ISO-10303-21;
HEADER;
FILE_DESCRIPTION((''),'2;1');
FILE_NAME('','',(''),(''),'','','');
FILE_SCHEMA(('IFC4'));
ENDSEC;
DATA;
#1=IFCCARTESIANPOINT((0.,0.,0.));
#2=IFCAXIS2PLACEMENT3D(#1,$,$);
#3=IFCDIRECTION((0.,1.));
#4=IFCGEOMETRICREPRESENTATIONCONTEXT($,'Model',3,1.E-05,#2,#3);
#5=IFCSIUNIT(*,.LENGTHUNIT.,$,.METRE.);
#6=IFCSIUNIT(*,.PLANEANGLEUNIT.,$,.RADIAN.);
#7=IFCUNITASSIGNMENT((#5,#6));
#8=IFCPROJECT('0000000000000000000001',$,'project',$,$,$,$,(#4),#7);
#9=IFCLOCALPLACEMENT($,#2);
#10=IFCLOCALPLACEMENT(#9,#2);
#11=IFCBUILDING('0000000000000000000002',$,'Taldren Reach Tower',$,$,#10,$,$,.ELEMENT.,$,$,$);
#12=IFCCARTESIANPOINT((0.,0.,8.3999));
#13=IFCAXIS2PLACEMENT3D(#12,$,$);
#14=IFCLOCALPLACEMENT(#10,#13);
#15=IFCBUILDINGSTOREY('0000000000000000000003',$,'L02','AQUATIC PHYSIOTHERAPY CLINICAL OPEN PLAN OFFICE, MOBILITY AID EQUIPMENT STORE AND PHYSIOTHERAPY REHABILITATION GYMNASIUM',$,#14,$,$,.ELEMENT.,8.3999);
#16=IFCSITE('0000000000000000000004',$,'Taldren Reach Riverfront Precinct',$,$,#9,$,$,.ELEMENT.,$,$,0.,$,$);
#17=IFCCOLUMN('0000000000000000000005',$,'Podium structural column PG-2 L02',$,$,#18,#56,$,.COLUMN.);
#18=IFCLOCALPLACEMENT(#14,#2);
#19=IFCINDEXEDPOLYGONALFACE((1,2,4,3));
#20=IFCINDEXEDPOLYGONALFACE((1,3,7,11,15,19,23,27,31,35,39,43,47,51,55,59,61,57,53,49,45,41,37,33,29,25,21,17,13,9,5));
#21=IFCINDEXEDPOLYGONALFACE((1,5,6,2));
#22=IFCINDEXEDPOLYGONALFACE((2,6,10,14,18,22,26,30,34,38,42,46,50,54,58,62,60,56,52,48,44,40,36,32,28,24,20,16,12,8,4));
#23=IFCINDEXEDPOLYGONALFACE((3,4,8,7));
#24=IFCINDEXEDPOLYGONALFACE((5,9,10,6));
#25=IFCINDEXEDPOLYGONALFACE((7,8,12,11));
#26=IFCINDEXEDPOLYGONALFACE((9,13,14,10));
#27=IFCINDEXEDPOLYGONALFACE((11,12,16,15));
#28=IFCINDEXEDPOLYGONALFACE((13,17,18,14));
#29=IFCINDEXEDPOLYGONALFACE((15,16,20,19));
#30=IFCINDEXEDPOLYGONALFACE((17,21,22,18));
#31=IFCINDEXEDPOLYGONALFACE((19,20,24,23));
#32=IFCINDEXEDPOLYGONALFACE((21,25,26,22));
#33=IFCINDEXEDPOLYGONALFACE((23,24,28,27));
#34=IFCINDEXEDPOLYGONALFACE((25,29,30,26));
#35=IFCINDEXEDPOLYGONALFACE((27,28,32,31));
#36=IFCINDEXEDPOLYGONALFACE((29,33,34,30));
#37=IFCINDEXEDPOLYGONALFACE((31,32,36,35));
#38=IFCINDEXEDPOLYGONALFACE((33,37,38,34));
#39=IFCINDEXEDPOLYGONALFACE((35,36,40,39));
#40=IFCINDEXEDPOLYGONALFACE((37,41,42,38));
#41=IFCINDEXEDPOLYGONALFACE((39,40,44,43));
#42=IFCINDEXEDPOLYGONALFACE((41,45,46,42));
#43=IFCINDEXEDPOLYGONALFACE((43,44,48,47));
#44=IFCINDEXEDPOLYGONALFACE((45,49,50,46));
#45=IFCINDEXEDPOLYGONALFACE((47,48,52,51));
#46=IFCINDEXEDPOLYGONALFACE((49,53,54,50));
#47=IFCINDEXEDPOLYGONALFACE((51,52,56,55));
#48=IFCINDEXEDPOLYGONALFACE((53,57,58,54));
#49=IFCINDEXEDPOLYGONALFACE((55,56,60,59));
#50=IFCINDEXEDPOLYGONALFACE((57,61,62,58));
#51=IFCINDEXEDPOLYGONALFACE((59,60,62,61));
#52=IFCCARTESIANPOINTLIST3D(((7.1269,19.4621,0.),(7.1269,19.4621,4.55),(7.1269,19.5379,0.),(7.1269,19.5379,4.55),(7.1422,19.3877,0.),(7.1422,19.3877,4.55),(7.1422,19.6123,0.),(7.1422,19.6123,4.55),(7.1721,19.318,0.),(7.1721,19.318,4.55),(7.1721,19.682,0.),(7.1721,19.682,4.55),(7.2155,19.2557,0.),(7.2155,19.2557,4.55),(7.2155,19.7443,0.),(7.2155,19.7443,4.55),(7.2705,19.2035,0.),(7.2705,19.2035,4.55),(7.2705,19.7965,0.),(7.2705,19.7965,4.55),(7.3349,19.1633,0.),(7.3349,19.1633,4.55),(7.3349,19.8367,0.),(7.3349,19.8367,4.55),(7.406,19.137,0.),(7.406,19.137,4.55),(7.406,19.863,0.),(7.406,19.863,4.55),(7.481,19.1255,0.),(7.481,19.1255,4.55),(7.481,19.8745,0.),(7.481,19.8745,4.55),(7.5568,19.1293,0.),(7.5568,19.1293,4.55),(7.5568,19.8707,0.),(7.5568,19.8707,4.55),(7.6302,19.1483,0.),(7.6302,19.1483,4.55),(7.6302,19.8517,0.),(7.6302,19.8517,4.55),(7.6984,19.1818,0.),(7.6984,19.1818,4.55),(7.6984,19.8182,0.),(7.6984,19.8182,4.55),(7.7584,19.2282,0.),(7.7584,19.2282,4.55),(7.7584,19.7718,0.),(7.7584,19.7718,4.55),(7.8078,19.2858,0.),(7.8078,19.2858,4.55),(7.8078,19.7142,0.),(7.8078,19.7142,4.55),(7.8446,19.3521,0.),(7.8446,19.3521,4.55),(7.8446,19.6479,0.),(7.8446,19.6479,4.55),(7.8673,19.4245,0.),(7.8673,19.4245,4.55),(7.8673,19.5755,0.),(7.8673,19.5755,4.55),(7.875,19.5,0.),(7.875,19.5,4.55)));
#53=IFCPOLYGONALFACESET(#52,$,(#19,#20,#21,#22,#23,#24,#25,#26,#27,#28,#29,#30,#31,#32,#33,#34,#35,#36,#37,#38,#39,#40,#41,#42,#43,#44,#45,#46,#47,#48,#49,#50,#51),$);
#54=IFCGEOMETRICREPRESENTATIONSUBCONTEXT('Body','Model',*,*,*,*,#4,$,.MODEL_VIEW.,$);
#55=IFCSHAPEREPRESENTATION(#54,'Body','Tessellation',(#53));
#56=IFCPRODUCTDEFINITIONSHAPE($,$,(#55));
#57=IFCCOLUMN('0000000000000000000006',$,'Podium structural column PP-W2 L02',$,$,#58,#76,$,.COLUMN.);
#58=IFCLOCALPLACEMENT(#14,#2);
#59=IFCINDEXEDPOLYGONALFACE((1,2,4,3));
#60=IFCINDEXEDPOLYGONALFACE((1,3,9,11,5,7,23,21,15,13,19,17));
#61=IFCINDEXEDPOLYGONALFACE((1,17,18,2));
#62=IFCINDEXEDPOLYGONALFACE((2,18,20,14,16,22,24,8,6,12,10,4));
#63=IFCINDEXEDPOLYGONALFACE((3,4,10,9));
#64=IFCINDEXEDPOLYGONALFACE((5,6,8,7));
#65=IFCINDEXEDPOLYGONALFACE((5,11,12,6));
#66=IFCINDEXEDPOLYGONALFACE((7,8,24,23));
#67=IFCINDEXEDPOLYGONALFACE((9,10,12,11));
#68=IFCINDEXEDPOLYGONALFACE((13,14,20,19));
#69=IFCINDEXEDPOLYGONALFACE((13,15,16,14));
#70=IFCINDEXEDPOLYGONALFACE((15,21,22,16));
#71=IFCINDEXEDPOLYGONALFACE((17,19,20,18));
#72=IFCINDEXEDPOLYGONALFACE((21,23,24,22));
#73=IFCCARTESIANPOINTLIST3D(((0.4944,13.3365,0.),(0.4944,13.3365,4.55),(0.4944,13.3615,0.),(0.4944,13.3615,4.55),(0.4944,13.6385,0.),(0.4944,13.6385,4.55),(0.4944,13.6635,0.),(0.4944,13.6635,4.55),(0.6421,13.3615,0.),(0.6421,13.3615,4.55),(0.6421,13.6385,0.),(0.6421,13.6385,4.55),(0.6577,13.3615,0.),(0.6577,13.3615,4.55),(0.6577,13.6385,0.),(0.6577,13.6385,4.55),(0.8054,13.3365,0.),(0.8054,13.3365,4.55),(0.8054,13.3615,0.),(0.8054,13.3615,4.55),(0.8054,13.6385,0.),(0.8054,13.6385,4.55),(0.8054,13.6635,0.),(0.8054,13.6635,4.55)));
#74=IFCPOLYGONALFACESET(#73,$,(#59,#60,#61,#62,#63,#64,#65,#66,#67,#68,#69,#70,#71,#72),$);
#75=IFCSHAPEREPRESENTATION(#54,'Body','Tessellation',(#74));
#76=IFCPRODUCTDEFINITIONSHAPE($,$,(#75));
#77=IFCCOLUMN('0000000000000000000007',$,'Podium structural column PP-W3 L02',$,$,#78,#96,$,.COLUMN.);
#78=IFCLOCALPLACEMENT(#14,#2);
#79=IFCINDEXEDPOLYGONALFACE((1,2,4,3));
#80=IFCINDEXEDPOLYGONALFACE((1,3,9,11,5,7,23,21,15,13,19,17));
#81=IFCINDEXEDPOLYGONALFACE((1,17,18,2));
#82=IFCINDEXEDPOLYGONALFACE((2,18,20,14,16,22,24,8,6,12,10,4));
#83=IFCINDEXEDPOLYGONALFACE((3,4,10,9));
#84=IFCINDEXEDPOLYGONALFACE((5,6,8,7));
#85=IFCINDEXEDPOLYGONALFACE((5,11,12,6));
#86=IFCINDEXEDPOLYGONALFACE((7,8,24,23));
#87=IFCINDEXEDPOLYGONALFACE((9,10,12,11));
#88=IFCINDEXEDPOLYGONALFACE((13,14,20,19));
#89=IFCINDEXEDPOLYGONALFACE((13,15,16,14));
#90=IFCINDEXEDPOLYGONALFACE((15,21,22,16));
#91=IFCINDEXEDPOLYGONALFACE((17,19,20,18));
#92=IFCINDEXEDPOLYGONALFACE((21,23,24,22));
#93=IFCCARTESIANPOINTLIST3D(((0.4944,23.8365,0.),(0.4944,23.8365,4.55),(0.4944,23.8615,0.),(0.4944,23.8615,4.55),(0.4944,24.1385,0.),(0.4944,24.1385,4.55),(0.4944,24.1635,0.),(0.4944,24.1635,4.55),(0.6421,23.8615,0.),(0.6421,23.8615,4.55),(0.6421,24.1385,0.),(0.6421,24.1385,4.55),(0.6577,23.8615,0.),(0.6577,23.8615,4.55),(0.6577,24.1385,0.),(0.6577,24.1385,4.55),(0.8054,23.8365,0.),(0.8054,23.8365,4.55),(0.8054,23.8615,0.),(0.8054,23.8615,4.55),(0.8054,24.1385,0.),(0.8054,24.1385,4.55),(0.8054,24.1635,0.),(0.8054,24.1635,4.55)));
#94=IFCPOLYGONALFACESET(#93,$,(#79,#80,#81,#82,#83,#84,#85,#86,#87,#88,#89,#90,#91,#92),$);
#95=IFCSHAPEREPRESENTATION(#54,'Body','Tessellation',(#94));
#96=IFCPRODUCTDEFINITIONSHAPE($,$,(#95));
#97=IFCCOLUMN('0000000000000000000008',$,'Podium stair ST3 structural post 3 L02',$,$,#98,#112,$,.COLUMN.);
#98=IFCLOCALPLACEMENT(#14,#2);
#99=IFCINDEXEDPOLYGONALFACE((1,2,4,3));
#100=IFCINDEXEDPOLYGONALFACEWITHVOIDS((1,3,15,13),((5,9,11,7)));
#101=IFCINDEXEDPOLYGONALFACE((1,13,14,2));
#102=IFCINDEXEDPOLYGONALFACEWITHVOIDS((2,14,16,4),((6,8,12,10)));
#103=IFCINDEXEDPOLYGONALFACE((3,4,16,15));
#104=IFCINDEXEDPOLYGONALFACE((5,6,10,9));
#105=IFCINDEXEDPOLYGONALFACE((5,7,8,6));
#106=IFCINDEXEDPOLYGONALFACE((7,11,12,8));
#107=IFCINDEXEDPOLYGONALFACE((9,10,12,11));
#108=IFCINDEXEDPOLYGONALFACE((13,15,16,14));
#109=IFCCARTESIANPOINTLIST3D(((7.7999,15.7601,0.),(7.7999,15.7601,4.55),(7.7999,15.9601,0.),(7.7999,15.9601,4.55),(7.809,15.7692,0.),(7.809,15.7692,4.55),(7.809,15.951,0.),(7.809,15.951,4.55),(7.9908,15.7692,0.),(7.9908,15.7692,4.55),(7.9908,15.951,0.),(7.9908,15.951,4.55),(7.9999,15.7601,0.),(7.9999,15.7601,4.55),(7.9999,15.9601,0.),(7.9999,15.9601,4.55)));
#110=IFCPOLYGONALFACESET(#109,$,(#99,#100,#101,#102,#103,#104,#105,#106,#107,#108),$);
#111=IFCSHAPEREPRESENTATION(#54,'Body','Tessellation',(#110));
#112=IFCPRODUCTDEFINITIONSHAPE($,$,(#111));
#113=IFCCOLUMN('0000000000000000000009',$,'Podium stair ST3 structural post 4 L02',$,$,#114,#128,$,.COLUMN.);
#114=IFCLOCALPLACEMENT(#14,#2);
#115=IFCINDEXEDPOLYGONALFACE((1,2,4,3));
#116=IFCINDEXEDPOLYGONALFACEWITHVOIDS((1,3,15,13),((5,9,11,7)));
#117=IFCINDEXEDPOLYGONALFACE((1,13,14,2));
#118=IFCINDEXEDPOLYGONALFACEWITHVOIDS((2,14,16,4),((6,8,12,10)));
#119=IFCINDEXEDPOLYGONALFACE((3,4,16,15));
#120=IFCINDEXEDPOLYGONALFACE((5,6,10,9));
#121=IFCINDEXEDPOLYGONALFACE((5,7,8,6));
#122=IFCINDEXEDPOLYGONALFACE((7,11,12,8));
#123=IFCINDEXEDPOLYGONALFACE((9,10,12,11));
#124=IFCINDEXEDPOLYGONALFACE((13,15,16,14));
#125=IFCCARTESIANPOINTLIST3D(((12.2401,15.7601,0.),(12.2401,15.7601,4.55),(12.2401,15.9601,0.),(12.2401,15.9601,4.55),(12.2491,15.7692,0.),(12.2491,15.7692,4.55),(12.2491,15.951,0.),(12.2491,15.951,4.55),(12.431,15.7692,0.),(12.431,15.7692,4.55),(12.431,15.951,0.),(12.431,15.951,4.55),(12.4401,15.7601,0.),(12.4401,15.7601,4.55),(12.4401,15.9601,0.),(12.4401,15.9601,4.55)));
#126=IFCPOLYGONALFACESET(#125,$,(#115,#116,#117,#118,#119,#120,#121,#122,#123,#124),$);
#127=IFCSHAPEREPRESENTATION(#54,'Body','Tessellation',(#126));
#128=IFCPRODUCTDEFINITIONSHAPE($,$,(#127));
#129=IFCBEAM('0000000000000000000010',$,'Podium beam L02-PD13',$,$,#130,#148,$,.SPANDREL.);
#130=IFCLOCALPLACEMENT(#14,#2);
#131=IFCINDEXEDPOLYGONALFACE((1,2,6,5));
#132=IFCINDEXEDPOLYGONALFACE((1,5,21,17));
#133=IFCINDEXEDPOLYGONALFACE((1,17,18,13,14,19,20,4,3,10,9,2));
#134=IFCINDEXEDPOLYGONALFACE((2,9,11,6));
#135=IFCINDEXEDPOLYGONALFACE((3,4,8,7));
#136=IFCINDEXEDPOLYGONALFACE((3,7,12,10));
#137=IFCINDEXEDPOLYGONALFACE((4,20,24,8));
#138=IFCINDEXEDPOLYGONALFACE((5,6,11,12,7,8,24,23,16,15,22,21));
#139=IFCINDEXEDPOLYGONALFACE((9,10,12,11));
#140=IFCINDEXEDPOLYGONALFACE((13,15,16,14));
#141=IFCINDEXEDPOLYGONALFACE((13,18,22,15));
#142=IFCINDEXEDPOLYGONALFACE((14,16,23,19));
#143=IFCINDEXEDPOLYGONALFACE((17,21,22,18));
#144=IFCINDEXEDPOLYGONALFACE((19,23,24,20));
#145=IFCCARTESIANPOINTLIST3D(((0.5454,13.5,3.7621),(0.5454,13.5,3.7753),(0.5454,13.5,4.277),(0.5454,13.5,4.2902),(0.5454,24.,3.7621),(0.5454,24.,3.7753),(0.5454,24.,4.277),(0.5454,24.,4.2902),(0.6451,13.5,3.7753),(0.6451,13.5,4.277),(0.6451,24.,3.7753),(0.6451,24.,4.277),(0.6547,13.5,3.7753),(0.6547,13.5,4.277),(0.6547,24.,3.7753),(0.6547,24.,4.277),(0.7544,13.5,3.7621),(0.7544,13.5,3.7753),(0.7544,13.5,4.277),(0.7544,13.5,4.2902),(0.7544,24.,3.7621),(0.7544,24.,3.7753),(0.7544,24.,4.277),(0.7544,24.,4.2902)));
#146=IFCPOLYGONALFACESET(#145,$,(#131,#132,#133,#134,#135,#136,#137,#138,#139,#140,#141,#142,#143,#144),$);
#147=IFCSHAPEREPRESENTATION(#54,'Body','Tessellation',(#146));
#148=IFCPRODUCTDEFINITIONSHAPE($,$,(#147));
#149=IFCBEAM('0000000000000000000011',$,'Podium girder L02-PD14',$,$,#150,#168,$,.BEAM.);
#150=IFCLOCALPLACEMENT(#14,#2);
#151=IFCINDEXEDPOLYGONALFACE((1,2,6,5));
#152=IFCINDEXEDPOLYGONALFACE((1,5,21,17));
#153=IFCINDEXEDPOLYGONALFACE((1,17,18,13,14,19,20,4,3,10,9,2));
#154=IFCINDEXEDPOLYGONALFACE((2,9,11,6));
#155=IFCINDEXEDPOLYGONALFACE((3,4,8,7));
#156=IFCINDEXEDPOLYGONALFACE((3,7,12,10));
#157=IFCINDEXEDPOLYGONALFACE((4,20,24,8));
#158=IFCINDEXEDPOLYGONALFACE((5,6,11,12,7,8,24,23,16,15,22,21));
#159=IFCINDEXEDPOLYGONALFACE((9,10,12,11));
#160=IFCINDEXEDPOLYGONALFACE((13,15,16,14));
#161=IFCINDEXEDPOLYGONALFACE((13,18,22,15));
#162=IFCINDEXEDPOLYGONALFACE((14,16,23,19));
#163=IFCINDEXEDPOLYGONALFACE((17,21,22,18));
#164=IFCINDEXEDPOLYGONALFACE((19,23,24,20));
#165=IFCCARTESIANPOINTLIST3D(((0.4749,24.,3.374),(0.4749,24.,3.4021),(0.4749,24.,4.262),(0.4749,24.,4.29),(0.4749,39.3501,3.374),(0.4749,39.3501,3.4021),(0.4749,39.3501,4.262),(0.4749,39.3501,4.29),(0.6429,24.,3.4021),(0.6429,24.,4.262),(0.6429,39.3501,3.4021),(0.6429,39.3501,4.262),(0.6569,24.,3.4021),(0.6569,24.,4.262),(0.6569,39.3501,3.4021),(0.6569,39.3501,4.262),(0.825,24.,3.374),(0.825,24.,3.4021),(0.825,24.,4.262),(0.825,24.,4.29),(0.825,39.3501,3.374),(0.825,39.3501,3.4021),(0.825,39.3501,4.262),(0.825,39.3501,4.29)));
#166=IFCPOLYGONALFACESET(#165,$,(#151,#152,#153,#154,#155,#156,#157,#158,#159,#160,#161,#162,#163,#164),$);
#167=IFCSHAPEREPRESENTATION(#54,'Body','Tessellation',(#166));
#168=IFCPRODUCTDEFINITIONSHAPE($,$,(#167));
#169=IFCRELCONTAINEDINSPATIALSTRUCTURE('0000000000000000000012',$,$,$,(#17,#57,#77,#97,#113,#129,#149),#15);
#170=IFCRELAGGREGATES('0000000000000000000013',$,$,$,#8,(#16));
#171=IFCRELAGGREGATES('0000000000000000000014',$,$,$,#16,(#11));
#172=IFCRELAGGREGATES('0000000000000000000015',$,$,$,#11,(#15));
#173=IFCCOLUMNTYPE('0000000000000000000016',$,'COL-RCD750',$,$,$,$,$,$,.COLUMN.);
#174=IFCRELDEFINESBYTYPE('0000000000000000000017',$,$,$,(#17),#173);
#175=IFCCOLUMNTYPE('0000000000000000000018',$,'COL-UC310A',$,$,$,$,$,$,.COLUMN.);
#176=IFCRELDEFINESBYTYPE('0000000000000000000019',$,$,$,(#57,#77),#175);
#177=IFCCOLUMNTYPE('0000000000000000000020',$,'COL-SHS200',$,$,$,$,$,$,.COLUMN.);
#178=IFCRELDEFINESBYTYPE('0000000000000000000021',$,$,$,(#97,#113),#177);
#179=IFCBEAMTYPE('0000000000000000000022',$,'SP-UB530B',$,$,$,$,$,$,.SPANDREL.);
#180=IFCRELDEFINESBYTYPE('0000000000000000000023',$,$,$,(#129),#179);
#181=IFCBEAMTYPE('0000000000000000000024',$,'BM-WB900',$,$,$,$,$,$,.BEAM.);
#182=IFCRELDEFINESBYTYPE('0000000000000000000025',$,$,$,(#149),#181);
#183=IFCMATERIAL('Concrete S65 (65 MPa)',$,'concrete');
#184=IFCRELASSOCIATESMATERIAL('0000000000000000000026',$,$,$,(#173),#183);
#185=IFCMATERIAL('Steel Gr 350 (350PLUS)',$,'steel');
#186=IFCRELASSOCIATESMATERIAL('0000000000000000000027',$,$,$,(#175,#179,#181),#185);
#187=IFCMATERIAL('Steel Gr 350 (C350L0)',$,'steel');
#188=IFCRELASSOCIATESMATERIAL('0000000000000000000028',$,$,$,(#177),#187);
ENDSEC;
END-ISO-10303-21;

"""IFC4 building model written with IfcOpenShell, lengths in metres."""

from ifc_helpers import new_model, si_unit, direction, frame, origin, origin_2d, place, context, subcontext, project, spatial, hollow_rectangle, circle, i_section, extrude, source, transform, mapped, material, material_profile, profile_set, type_object, element, save


model = new_model("IFC4")

# Units and contexts
model_context = context("Model", 3, precision=1e-05, world=origin(), true_north=direction((0.0, 1.0)))
body_context = subcontext(model_context, "Body", "Model", "MODEL_VIEW")
ifc_project = project(units=[si_unit("LENGTHUNIT", "METRE"), si_unit("PLANEANGLEUNIT", "RADIAN")], contexts=[model_context])

# Site, building, storey
site_placement = place(None, origin())
site = spatial("IfcSite", under=ifc_project, at=site_placement, Name="Taldren Reach Riverfront Precinct", CompositionType="ELEMENT", RefElevation=0.0)
building_placement = place(site_placement, origin())
building = spatial("IfcBuilding", under=site, at=building_placement, Name="Taldren Reach Tower", CompositionType="ELEMENT")
storey_placement = place(building_placement, frame((0.0, 0.0, 8.3999)))
storey = spatial("IfcBuildingStorey", under=building, at=storey_placement, Name="L02", Description="AQUATIC PHYSIOTHERAPY CLINICAL OPEN PLAN OFFICE, MOBILITY AID EQUIPMENT STORE AND PHYSIOTHERAPY REHABILITATION GYMNASIUM", CompositionType="ELEMENT", Elevation=8.3999)

# Columns
ifc_material_1 = material(Name="Concrete S65 (65 MPa)", Category="concrete")
ifc_material_profile_1 = material_profile(ifc_material_1, circle(Radius=0.375, at=origin_2d()), Name="RC-750D")
ifc_profile_set_1 = profile_set([ifc_material_profile_1], Name="Concrete S65 (65 MPa)")
column_type_1 = type_object("IfcColumnType", Name="COL-RCD750", PredefinedType="COLUMN", material=ifc_profile_set_1)
shared_shape_1 = source(origin(), body_context, "Body", "SweptSolid", [
    extrude(circle(Radius=0.375, at=origin_2d()), origin(), (0.0, 0.0, 1.0), 4.55),
])
column_placement = place(storey_placement, frame((7.5, 19.5, 0.0), z_axis=(0.0, 0.0, 1.0), x_axis=(1.0, 0.0, 0.0)))
element("IfcColumn", 1, at=column_placement, inside=storey, type_object=column_type_1, Name="Podium structural column PG-2 L02", PredefinedType="COLUMN", context=body_context, shape_type="MappedRepresentation", body=[
    mapped(shared_shape_1, transform((0.0, 0.0, 0.0), scale=1.0)),
])
ifc_material_2 = material(Name="Steel Gr 350 (350PLUS)", Category="steel")
ifc_material_profile_2 = material_profile(ifc_material_2, i_section(OverallWidth=0.311, OverallDepth=0.3269, WebThickness=0.0156, FlangeThickness=0.0249, at=origin_2d()), Name="310UC158")
ifc_profile_set_2 = profile_set([ifc_material_profile_2], Name="Steel Gr 350 (350PLUS)")
column_type_2 = type_object("IfcColumnType", Name="COL-UC310A", PredefinedType="COLUMN", material=ifc_profile_set_2)
shared_shape_2 = source(origin(), body_context, "Body", "SweptSolid", [
    extrude(i_section(OverallWidth=0.311, OverallDepth=0.3269, WebThickness=0.0156, FlangeThickness=0.0249, at=origin_2d()), origin(), (0.0, 0.0, 1.0), 4.55),
])
for number, where, z_axis, x_axis, name in (
    (2, (0.6499, 13.5, 0.0), (0.0, 0.0, 1.0), (1.0, 0.0, 0.0), "Podium structural column PP-W2 L02"),
    (3, (0.6499, 24.0, 0.0), (0.0, 0.0, 1.0), (1.0, 0.0, 0.0), "Podium structural column PP-W3 L02"),
):
    element("IfcColumn", number, at=place(storey_placement, frame(where, z_axis=z_axis, x_axis=x_axis)), inside=storey, type_object=column_type_2, Name=name, PredefinedType="COLUMN", context=body_context, shape_type="MappedRepresentation", body=[
        mapped(shared_shape_2, transform((0.0, 0.0, 0.0), scale=1.0)),
    ])
ifc_material_3 = material(Name="Steel Gr 350 (C350L0)", Category="steel")
ifc_material_profile_3 = material_profile(ifc_material_3, hollow_rectangle(XDim=0.2, YDim=0.2, WallThickness=0.009, at=origin_2d()), Name="200x200x9.0SHS")
ifc_profile_set_3 = profile_set([ifc_material_profile_3], Name="Steel Gr 350 (C350L0)")
column_type_3 = type_object("IfcColumnType", Name="COL-SHS200", PredefinedType="COLUMN", material=ifc_profile_set_3)
shared_shape_3 = source(origin(), body_context, "Body", "SweptSolid", [
    extrude(hollow_rectangle(XDim=0.2, YDim=0.2, WallThickness=0.009, at=origin_2d()), origin(), (0.0, 0.0, 1.0), 4.55),
])
for number, where, z_axis, x_axis, name in (
    (4, (7.8999, 15.8601, 0.0), (0.0, 0.0, 1.0), (1.0, 0.0, 0.0), "Podium stair ST3 structural post 3 L02"),
    (5, (12.3401, 15.8601, 0.0), (0.0, 0.0, 1.0), (1.0, 0.0, 0.0), "Podium stair ST3 structural post 4 L02"),
):
    element("IfcColumn", number, at=place(storey_placement, frame(where, z_axis=z_axis, x_axis=x_axis)), inside=storey, type_object=column_type_3, Name=name, PredefinedType="COLUMN", context=body_context, shape_type="MappedRepresentation", body=[
        mapped(shared_shape_3, transform((0.0, 0.0, 0.0), scale=1.0)),
    ])

# Beams
ifc_material_profile_4 = material_profile(ifc_material_2, i_section(OverallWidth=0.209, OverallDepth=0.5281, WebThickness=0.0095, FlangeThickness=0.0132, at=origin_2d()), Name="530UB82.0")
ifc_profile_set_4 = profile_set([ifc_material_profile_4], Name="Steel Gr 350 (350PLUS)")
beam_type_1 = type_object("IfcBeamType", Name="SP-UB530B", PredefinedType="SPANDREL", material=ifc_profile_set_4)
shared_shape_4 = source(origin(), body_context, "Body", "SweptSolid", [
    extrude(i_section(OverallWidth=0.209, OverallDepth=0.5281, WebThickness=0.0095, FlangeThickness=0.0132, at=origin_2d()), origin(), (0.0, 0.0, 1.0), 10.5),
])
beam_1_placement = place(storey_placement, frame((0.6499, 13.5, 4.0261), z_axis=(0.0, 1.0, 0.0), x_axis=(-1.0, 0.0, 0.0)))
element("IfcBeam", 6, at=beam_1_placement, inside=storey, type_object=beam_type_1, Name="Podium beam L02-PD13", PredefinedType="SPANDREL", context=body_context, shape_type="MappedRepresentation", body=[
    mapped(shared_shape_4, transform((0.0, 0.0, 0.0), scale=1.0)),
])
ifc_material_profile_5 = material_profile(ifc_material_2, i_section(OverallWidth=0.3501, OverallDepth=0.916, WebThickness=0.0139, FlangeThickness=0.0281, at=origin_2d()), Name="900WB257")
ifc_profile_set_5 = profile_set([ifc_material_profile_5], Name="Steel Gr 350 (350PLUS)")
beam_type_2 = type_object("IfcBeamType", Name="BM-WB900", PredefinedType="BEAM", material=ifc_profile_set_5)
shared_shape_5 = source(origin(), body_context, "Body", "SweptSolid", [
    extrude(i_section(OverallWidth=0.3501, OverallDepth=0.916, WebThickness=0.0139, FlangeThickness=0.0281, at=origin_2d()), origin(), (0.0, 0.0, 1.0), 15.3501),
])
beam_2_placement = place(storey_placement, frame((0.6499, 24.0, 3.832), z_axis=(0.0, 1.0, 0.0), x_axis=(-1.0, 0.0, 0.0)))
element("IfcBeam", 7, at=beam_2_placement, inside=storey, type_object=beam_type_2, Name="Podium girder L02-PD14", PredefinedType="BEAM", context=body_context, shape_type="MappedRepresentation", body=[
    mapped(shared_shape_5, transform((0.0, 0.0, 0.0), scale=1.0)),
])

save(model, "model.ifc")
